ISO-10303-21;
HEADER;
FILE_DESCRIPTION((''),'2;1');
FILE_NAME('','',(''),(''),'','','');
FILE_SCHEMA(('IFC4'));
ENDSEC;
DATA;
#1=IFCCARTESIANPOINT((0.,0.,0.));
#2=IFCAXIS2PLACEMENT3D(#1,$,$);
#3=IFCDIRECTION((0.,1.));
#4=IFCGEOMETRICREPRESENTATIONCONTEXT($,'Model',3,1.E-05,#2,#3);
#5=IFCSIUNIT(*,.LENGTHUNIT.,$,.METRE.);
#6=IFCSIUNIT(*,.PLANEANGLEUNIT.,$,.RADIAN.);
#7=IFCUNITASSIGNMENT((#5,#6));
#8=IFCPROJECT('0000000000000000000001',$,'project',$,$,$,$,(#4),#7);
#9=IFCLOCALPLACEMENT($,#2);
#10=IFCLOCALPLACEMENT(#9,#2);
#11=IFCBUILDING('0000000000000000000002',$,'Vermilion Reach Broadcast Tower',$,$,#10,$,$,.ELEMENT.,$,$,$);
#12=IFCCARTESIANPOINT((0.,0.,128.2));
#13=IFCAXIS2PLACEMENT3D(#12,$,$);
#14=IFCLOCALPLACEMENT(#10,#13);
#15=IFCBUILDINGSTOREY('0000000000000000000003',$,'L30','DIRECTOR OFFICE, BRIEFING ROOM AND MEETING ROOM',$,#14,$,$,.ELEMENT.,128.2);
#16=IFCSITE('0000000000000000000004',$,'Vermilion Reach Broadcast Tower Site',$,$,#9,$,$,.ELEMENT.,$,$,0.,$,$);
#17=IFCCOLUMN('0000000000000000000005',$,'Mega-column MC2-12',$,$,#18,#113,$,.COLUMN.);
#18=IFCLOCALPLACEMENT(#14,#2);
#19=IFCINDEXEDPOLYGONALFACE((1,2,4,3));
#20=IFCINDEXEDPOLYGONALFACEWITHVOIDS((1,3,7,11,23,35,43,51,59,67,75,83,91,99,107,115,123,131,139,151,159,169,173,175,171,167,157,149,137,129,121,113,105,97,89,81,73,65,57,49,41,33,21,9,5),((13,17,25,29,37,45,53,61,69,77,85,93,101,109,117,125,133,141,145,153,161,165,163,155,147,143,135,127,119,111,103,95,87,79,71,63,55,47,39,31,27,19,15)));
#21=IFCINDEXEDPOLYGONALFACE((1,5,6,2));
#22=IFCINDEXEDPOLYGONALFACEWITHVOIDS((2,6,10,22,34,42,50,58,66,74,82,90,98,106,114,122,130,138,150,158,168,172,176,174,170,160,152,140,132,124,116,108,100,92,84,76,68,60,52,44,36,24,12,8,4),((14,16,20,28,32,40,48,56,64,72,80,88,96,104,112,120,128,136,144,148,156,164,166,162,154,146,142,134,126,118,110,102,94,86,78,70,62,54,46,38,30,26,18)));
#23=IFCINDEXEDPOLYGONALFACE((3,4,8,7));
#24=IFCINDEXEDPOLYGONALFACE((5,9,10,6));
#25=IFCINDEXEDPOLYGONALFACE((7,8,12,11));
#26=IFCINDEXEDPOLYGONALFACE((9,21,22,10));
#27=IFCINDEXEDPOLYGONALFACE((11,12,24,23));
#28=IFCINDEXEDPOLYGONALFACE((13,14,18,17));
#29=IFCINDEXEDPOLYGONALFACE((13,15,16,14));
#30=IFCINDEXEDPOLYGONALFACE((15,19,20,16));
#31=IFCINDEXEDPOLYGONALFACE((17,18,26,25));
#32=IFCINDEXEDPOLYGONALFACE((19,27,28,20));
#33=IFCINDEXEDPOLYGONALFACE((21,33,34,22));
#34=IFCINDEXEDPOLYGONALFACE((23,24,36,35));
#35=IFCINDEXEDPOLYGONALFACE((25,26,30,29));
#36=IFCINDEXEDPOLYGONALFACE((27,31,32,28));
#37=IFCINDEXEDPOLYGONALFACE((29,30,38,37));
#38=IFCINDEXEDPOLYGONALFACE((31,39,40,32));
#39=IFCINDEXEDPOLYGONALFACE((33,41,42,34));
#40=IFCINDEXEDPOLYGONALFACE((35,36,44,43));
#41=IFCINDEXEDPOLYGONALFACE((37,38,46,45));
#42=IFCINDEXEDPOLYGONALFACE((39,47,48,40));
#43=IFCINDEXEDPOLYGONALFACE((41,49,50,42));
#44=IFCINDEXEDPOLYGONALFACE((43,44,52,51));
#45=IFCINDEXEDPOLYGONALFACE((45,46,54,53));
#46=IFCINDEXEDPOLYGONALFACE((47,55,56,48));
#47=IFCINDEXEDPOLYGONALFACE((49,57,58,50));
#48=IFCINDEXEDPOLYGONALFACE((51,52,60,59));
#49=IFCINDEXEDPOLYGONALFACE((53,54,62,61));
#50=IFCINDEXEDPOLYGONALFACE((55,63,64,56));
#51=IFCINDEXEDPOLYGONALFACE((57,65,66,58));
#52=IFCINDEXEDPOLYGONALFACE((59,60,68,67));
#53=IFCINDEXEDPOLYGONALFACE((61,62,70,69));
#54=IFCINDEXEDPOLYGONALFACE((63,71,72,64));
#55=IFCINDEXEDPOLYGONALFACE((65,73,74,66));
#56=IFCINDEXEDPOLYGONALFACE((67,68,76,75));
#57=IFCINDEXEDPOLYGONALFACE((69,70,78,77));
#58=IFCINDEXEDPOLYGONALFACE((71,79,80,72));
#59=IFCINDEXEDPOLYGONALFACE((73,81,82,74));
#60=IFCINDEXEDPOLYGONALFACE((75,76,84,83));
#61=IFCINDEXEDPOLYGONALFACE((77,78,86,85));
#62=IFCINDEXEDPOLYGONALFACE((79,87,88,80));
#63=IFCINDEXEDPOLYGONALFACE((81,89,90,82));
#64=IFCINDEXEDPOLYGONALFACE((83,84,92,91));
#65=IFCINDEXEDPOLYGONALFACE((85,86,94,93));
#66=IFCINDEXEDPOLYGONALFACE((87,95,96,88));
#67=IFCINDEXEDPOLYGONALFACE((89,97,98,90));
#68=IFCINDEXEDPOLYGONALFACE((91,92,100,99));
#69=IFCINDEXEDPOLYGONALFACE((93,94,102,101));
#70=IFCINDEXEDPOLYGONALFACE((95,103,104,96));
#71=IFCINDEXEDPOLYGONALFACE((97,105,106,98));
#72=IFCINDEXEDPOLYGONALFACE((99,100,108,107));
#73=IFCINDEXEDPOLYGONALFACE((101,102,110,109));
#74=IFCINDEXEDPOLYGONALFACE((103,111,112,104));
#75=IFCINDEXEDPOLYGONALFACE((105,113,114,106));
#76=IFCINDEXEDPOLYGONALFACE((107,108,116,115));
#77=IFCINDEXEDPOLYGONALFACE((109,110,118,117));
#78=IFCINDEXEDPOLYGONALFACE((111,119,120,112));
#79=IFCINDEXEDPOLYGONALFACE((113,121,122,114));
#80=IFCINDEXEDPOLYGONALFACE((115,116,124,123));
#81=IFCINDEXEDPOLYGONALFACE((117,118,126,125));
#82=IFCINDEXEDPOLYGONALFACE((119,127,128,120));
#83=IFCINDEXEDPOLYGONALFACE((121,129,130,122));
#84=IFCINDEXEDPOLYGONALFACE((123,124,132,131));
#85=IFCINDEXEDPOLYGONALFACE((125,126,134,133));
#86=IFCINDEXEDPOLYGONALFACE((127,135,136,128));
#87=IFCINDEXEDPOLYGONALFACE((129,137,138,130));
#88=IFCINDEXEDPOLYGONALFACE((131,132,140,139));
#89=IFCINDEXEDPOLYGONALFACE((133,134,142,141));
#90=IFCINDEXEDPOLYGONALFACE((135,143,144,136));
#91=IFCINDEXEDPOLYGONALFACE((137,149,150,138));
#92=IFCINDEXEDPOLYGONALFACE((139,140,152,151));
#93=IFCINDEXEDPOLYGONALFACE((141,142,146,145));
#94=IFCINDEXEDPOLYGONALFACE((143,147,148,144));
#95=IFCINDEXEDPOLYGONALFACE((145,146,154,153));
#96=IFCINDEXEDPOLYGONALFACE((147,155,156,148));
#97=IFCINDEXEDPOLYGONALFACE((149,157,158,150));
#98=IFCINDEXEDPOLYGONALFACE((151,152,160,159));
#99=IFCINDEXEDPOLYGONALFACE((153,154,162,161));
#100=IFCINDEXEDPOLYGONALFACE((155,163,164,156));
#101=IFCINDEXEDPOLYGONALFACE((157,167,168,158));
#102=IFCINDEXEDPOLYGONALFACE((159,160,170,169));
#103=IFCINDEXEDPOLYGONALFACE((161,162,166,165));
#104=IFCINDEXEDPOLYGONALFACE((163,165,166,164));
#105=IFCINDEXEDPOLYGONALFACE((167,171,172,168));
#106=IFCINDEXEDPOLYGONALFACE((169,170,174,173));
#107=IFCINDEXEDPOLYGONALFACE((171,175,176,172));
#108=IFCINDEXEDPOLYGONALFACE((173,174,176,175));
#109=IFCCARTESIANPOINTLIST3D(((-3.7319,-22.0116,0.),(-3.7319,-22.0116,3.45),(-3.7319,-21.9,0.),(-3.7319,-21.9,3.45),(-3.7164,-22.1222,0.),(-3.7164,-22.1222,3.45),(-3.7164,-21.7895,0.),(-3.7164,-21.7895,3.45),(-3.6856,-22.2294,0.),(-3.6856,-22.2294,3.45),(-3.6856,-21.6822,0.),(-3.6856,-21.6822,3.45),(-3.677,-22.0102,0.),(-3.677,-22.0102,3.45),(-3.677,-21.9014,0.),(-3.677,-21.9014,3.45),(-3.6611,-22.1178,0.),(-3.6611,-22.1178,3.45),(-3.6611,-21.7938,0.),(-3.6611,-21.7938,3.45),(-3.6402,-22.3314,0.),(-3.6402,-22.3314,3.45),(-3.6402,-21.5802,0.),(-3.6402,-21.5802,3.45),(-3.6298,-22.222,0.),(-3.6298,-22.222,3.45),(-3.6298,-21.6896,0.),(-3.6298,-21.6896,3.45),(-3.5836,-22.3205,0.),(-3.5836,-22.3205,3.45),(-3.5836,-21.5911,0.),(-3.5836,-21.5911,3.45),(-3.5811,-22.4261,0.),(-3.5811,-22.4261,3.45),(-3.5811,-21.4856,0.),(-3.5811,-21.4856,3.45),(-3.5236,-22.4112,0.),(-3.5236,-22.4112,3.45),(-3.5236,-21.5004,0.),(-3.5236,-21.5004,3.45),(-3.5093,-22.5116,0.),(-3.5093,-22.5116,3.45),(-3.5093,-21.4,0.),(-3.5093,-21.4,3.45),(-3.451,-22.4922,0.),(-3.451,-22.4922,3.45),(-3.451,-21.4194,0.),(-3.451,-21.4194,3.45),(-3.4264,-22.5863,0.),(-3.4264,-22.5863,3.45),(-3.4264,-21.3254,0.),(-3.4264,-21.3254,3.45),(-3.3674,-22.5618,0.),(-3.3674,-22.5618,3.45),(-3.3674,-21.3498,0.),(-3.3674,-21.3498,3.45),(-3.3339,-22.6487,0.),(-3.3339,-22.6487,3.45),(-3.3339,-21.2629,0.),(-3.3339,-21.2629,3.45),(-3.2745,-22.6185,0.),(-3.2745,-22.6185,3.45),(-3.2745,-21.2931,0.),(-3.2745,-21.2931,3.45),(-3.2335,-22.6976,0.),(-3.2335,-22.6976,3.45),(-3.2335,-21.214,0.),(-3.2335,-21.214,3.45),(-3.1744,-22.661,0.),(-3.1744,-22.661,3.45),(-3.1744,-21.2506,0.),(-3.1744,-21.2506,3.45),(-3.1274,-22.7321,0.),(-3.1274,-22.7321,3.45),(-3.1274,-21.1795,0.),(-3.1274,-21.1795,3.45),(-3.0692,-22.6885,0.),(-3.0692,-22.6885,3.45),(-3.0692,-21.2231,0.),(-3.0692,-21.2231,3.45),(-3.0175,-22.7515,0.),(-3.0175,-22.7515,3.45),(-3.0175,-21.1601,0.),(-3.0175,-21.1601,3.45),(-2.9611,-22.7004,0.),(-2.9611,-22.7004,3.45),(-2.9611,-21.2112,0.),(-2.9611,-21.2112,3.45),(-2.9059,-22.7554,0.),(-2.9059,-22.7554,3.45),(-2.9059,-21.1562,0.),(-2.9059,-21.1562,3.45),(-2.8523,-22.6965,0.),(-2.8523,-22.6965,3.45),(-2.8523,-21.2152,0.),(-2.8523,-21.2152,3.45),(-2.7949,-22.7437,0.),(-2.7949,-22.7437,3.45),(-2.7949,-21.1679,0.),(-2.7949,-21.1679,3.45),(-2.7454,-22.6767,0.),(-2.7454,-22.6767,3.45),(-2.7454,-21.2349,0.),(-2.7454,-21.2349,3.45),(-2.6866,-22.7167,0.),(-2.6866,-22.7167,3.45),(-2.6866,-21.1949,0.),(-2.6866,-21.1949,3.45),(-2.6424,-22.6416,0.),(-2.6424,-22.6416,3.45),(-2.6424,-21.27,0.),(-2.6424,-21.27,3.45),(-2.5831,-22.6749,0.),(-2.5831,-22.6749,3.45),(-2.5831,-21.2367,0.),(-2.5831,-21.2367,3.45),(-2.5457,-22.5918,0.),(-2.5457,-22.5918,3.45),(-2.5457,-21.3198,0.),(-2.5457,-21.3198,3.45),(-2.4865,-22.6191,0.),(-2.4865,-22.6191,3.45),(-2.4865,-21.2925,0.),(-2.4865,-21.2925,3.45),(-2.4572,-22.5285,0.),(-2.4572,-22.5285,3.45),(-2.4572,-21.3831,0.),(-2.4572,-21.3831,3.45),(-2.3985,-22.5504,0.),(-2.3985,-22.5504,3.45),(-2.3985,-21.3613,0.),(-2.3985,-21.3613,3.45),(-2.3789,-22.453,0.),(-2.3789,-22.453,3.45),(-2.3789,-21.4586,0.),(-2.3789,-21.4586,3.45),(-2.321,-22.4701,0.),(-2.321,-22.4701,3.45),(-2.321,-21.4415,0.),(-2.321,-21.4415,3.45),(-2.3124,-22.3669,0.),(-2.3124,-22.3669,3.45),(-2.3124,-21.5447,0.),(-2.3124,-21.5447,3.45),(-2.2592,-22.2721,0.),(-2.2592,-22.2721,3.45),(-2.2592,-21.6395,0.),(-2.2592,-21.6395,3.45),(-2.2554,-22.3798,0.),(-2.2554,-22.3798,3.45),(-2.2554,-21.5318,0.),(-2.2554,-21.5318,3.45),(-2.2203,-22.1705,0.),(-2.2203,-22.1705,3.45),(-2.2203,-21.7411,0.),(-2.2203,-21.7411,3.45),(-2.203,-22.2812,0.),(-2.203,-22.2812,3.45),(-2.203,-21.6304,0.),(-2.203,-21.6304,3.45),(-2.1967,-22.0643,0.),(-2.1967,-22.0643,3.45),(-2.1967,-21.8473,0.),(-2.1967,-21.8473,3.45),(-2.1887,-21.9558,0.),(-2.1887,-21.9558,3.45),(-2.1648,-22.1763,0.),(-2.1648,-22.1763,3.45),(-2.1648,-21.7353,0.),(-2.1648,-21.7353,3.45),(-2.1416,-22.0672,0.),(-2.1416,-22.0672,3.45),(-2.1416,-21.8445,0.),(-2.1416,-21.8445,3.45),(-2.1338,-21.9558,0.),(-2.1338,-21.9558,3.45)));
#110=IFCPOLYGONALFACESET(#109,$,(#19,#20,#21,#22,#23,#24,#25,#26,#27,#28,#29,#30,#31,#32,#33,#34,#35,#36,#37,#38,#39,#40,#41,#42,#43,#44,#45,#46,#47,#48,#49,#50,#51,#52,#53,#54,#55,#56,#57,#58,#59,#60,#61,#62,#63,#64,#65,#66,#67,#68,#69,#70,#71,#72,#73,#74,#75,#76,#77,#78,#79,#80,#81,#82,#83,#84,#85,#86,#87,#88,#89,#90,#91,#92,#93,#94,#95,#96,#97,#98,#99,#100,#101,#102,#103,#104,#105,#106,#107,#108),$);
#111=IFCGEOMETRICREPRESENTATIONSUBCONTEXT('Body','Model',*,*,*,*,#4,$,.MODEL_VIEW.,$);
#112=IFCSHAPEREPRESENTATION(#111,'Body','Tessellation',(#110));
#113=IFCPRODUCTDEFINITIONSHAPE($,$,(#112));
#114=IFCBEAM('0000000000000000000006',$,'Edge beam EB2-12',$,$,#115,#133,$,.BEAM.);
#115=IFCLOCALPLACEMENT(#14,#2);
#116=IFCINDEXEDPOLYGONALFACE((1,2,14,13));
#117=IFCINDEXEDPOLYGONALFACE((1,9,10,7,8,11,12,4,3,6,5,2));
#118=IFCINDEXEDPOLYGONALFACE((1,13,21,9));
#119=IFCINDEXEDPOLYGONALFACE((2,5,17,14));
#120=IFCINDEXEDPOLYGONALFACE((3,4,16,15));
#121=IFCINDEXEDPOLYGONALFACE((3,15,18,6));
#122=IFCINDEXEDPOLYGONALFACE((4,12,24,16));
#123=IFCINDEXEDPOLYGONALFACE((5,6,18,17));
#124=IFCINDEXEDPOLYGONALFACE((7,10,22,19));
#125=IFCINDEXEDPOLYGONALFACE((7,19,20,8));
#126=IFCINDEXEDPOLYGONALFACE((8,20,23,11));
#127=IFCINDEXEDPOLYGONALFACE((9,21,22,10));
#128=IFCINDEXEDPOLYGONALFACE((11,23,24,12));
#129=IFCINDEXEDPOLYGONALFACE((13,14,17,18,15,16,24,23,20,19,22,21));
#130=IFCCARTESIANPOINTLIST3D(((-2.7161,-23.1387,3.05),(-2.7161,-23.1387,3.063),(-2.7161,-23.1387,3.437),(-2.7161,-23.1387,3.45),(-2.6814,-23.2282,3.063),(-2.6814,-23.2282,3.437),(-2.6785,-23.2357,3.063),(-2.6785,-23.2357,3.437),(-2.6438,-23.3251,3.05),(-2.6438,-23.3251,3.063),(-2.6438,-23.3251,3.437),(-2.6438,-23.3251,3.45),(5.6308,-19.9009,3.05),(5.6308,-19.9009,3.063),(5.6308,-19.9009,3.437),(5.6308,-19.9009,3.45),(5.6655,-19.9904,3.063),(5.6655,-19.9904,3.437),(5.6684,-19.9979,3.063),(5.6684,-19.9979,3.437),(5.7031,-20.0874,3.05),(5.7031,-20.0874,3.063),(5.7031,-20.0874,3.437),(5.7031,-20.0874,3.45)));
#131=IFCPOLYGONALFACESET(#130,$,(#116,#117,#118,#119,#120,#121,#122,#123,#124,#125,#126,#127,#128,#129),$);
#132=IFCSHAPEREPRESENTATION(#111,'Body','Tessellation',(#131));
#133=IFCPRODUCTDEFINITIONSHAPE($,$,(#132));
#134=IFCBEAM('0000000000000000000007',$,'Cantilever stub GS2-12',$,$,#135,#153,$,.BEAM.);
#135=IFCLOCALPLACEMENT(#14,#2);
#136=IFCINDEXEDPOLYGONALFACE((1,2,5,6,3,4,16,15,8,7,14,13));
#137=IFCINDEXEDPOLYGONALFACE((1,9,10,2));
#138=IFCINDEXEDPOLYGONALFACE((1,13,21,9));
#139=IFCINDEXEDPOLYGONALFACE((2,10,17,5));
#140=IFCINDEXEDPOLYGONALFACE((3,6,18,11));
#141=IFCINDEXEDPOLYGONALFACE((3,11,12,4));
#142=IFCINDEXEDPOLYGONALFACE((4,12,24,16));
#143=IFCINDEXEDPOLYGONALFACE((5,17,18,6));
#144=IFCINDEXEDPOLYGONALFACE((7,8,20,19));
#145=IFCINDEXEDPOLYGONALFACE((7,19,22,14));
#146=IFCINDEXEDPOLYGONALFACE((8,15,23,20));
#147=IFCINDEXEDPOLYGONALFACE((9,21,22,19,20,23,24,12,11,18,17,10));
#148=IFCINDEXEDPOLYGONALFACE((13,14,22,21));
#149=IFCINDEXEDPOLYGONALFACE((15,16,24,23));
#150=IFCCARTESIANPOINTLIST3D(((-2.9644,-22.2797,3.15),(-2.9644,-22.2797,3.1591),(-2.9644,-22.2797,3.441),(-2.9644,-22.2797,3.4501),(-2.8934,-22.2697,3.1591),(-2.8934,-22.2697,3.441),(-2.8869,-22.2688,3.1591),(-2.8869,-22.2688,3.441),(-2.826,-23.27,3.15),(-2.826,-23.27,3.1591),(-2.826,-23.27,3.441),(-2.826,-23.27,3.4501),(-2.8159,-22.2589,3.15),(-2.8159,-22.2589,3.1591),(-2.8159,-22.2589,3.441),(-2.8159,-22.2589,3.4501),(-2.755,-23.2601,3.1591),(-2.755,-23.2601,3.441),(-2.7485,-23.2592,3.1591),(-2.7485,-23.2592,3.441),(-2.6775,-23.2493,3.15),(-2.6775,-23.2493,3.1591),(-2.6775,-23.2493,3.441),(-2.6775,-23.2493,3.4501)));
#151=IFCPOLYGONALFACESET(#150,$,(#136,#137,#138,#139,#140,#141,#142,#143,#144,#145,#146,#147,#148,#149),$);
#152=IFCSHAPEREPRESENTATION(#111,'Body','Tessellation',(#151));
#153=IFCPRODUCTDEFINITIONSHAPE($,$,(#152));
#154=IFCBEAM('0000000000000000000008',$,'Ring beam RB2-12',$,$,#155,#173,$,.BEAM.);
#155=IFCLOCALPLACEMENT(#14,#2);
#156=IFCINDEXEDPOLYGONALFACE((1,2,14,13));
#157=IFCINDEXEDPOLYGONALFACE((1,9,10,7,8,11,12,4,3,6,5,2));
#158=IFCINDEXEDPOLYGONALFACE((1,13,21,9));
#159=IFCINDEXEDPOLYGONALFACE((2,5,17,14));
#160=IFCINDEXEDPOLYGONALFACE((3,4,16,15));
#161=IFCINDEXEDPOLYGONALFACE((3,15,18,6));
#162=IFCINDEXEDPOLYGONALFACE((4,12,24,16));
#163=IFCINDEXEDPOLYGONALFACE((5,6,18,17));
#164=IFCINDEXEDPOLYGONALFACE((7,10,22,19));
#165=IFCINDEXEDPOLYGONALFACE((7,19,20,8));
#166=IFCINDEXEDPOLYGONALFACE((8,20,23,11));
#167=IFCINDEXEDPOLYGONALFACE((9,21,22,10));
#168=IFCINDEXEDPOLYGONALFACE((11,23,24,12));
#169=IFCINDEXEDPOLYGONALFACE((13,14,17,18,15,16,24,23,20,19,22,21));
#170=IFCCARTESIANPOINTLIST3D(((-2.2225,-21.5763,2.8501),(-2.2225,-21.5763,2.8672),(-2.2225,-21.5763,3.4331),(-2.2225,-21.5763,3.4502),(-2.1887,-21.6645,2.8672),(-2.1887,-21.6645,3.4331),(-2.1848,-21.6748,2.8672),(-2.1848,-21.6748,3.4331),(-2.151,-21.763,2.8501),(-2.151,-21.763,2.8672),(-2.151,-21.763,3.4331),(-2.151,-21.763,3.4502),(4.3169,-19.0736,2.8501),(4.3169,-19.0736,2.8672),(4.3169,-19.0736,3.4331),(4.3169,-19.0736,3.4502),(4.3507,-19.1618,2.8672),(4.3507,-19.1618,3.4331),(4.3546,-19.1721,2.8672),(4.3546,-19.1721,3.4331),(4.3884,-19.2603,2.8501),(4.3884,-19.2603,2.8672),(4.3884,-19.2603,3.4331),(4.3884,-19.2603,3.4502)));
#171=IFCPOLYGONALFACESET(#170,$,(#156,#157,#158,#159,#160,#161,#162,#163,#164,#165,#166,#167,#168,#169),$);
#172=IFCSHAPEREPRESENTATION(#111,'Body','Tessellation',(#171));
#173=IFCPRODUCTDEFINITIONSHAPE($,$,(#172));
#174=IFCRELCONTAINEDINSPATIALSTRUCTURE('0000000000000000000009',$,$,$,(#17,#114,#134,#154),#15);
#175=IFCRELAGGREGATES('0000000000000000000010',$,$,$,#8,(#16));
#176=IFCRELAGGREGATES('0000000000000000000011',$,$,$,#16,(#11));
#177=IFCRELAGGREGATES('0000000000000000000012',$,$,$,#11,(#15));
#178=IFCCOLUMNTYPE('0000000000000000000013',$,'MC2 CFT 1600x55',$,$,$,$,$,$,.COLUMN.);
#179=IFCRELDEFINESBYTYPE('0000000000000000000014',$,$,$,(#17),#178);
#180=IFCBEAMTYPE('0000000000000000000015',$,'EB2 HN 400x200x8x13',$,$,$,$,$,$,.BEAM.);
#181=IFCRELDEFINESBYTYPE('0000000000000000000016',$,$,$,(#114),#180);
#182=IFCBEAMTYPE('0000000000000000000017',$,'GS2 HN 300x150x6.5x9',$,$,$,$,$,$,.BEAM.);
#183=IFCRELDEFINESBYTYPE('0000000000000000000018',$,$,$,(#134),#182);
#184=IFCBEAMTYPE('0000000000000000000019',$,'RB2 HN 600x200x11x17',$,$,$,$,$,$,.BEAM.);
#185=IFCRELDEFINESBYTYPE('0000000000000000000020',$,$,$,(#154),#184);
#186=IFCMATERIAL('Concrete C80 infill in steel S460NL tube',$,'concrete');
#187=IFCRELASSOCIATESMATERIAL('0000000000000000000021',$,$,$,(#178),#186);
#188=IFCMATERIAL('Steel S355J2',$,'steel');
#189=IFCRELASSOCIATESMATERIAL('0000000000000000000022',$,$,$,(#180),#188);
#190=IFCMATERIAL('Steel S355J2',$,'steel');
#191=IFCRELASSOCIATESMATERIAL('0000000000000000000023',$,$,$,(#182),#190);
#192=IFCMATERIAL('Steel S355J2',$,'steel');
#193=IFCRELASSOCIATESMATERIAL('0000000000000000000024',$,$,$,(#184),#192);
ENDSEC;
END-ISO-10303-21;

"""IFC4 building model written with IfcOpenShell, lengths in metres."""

from ifc_helpers import new_model, si_unit, direction, frame, origin, origin_2d, place, context, subcontext, project, spatial, hollow_circle, i_section, extrude, material, material_profile, profile_set, type_object, element, save


model = new_model("IFC4")

# Units and contexts
model_context = context("Model", 3, precision=1e-05, world=origin(), true_north=direction((0.0, 1.0)))
body_context = subcontext(model_context, "Body", "Model", "MODEL_VIEW")
ifc_project = project(units=[si_unit("LENGTHUNIT", "METRE"), si_unit("PLANEANGLEUNIT", "RADIAN")], contexts=[model_context])

# Site, building, storey
site_placement = place(None, origin())
site = spatial("IfcSite", under=ifc_project, at=site_placement, Name="Vermilion Reach Broadcast Tower Site", CompositionType="ELEMENT", RefElevation=0.0)
building_placement = place(site_placement, origin())
building = spatial("IfcBuilding", under=site, at=building_placement, Name="Vermilion Reach Broadcast Tower", CompositionType="ELEMENT")
storey_placement = place(building_placement, frame((0.0, 0.0, 128.2)))
storey = spatial("IfcBuildingStorey", under=building, at=storey_placement, Name="L30", Description="DIRECTOR OFFICE, BRIEFING ROOM AND MEETING ROOM", CompositionType="ELEMENT", Elevation=128.2)

# Column
ifc_material_1 = material(Name="Concrete C80 infill in steel S460NL tube", Category="concrete")
ifc_material_profile_1 = material_profile(ifc_material_1, hollow_circle(Radius=0.8, WallThickness=0.0549, at=origin_2d()), Name="Concrete C80 infill in steel S460NL tube CFT 1600x55")
ifc_profile_set_1 = profile_set([ifc_material_profile_1], Name="Concrete C80 infill in steel S460NL tube")
column_type = type_object("IfcColumnType", Name="MC2 CFT 1600x55", PredefinedType="COLUMN", material=ifc_profile_set_1)
column_placement = place(storey_placement, frame((-2.9338, -21.9558, 0.0), z_axis=(0.0, 0.0, 1.0), x_axis=(1.0, 0.0, 0.0)))
element("IfcColumn", 1, at=column_placement, inside=storey, type_object=column_type, Name="Mega-column MC2-12", PredefinedType="COLUMN", context=body_context, shape_type="SweptSolid", body=[
    extrude(hollow_circle(Radius=0.8, WallThickness=0.0549, at=origin_2d()), origin(), (0.0, 0.0, 1.0), 3.45),
])

# Beams
ifc_material_2 = material(Name="Steel S355J2", Category="steel")
ifc_material_profile_2 = material_profile(ifc_material_2, i_section(OverallWidth=0.2, OverallDepth=0.3999, WebThickness=0.0081, FlangeThickness=0.0129, at=origin_2d()), Name="S355J2 HN 400x200x8x13")
ifc_profile_set_2 = profile_set([ifc_material_profile_2], Name="Steel S355J2")
beam_type_1 = type_object("IfcBeamType", Name="EB2 HN 400x200x8x13", PredefinedType="BEAM", material=ifc_profile_set_2)
beam_1_placement = place(storey_placement, frame((-2.6799, -23.2319, 3.25), z_axis=(0.932315, 0.361647, 0.0), x_axis=(-0.361647, 0.932315, 0.0)))
element("IfcBeam", 2, at=beam_1_placement, inside=storey, type_object=beam_type_1, Name="Edge beam EB2-12", PredefinedType="BEAM", context=body_context, shape_type="SweptSolid", body=[
    extrude(i_section(OverallWidth=0.2, OverallDepth=0.3999, WebThickness=0.0081, FlangeThickness=0.0129, at=origin_2d()), origin(), (0.0, 0.0, 1.0), 8.9529),
])
ifc_material_3 = material(Name="Steel S355J2", Category="steel")
ifc_material_profile_3 = material_profile(ifc_material_3, i_section(OverallWidth=0.1499, OverallDepth=0.3, WebThickness=0.0066, FlangeThickness=0.009, at=origin_2d()), Name="S355J2 HN 300x150x6.5x9")
ifc_profile_set_3 = profile_set([ifc_material_profile_3], Name="Steel S355J2")
beam_type_2 = type_object("IfcBeamType", Name="GS2 HN 300x150x6.5x9", PredefinedType="BEAM", material=ifc_profile_set_3)
beam_2_placement = place(storey_placement, frame((-2.8901, -22.2693, 3.3), z_axis=(0.138413, -0.990375, 0.0), x_axis=(0.990375, 0.138413, 0.0)))
element("IfcBeam", 3, at=beam_2_placement, inside=storey, type_object=beam_type_2, Name="Cantilever stub GS2-12", PredefinedType="BEAM", context=body_context, shape_type="SweptSolid", body=[
    extrude(i_section(OverallWidth=0.1499, OverallDepth=0.3, WebThickness=0.0066, FlangeThickness=0.009, at=origin_2d()), origin(), (0.0, 0.0, 1.0), 1.0),
])
ifc_material_4 = material(Name="Steel S355J2", Category="steel")
ifc_material_profile_4 = material_profile(ifc_material_4, i_section(OverallWidth=0.2, OverallDepth=0.6001, WebThickness=0.011, FlangeThickness=0.0171, at=origin_2d()), Name="S355J2 HN 600x200x11x17")
ifc_profile_set_4 = profile_set([ifc_material_profile_4], Name="Steel S355J2")
beam_type_3 = type_object("IfcBeamType", Name="RB2 HN 600x200x11x17", PredefinedType="BEAM", material=ifc_profile_set_4)
beam_3_placement = place(storey_placement, frame((-2.1868, -21.6697, 3.1501), z_axis=(0.933939, 0.357432, 0.0), x_axis=(-0.357432, 0.933939, 0.0)))
element("IfcBeam", 4, at=beam_3_placement, inside=storey, type_object=beam_type_3, Name="Ring beam RB2-12", PredefinedType="BEAM", context=body_context, shape_type="SweptSolid", body=[
    extrude(i_section(OverallWidth=0.2, OverallDepth=0.6001, WebThickness=0.011, FlangeThickness=0.0171, at=origin_2d()), origin(), (0.0, 0.0, 1.0), 7.002),
])

save(model, "model.ifc")
